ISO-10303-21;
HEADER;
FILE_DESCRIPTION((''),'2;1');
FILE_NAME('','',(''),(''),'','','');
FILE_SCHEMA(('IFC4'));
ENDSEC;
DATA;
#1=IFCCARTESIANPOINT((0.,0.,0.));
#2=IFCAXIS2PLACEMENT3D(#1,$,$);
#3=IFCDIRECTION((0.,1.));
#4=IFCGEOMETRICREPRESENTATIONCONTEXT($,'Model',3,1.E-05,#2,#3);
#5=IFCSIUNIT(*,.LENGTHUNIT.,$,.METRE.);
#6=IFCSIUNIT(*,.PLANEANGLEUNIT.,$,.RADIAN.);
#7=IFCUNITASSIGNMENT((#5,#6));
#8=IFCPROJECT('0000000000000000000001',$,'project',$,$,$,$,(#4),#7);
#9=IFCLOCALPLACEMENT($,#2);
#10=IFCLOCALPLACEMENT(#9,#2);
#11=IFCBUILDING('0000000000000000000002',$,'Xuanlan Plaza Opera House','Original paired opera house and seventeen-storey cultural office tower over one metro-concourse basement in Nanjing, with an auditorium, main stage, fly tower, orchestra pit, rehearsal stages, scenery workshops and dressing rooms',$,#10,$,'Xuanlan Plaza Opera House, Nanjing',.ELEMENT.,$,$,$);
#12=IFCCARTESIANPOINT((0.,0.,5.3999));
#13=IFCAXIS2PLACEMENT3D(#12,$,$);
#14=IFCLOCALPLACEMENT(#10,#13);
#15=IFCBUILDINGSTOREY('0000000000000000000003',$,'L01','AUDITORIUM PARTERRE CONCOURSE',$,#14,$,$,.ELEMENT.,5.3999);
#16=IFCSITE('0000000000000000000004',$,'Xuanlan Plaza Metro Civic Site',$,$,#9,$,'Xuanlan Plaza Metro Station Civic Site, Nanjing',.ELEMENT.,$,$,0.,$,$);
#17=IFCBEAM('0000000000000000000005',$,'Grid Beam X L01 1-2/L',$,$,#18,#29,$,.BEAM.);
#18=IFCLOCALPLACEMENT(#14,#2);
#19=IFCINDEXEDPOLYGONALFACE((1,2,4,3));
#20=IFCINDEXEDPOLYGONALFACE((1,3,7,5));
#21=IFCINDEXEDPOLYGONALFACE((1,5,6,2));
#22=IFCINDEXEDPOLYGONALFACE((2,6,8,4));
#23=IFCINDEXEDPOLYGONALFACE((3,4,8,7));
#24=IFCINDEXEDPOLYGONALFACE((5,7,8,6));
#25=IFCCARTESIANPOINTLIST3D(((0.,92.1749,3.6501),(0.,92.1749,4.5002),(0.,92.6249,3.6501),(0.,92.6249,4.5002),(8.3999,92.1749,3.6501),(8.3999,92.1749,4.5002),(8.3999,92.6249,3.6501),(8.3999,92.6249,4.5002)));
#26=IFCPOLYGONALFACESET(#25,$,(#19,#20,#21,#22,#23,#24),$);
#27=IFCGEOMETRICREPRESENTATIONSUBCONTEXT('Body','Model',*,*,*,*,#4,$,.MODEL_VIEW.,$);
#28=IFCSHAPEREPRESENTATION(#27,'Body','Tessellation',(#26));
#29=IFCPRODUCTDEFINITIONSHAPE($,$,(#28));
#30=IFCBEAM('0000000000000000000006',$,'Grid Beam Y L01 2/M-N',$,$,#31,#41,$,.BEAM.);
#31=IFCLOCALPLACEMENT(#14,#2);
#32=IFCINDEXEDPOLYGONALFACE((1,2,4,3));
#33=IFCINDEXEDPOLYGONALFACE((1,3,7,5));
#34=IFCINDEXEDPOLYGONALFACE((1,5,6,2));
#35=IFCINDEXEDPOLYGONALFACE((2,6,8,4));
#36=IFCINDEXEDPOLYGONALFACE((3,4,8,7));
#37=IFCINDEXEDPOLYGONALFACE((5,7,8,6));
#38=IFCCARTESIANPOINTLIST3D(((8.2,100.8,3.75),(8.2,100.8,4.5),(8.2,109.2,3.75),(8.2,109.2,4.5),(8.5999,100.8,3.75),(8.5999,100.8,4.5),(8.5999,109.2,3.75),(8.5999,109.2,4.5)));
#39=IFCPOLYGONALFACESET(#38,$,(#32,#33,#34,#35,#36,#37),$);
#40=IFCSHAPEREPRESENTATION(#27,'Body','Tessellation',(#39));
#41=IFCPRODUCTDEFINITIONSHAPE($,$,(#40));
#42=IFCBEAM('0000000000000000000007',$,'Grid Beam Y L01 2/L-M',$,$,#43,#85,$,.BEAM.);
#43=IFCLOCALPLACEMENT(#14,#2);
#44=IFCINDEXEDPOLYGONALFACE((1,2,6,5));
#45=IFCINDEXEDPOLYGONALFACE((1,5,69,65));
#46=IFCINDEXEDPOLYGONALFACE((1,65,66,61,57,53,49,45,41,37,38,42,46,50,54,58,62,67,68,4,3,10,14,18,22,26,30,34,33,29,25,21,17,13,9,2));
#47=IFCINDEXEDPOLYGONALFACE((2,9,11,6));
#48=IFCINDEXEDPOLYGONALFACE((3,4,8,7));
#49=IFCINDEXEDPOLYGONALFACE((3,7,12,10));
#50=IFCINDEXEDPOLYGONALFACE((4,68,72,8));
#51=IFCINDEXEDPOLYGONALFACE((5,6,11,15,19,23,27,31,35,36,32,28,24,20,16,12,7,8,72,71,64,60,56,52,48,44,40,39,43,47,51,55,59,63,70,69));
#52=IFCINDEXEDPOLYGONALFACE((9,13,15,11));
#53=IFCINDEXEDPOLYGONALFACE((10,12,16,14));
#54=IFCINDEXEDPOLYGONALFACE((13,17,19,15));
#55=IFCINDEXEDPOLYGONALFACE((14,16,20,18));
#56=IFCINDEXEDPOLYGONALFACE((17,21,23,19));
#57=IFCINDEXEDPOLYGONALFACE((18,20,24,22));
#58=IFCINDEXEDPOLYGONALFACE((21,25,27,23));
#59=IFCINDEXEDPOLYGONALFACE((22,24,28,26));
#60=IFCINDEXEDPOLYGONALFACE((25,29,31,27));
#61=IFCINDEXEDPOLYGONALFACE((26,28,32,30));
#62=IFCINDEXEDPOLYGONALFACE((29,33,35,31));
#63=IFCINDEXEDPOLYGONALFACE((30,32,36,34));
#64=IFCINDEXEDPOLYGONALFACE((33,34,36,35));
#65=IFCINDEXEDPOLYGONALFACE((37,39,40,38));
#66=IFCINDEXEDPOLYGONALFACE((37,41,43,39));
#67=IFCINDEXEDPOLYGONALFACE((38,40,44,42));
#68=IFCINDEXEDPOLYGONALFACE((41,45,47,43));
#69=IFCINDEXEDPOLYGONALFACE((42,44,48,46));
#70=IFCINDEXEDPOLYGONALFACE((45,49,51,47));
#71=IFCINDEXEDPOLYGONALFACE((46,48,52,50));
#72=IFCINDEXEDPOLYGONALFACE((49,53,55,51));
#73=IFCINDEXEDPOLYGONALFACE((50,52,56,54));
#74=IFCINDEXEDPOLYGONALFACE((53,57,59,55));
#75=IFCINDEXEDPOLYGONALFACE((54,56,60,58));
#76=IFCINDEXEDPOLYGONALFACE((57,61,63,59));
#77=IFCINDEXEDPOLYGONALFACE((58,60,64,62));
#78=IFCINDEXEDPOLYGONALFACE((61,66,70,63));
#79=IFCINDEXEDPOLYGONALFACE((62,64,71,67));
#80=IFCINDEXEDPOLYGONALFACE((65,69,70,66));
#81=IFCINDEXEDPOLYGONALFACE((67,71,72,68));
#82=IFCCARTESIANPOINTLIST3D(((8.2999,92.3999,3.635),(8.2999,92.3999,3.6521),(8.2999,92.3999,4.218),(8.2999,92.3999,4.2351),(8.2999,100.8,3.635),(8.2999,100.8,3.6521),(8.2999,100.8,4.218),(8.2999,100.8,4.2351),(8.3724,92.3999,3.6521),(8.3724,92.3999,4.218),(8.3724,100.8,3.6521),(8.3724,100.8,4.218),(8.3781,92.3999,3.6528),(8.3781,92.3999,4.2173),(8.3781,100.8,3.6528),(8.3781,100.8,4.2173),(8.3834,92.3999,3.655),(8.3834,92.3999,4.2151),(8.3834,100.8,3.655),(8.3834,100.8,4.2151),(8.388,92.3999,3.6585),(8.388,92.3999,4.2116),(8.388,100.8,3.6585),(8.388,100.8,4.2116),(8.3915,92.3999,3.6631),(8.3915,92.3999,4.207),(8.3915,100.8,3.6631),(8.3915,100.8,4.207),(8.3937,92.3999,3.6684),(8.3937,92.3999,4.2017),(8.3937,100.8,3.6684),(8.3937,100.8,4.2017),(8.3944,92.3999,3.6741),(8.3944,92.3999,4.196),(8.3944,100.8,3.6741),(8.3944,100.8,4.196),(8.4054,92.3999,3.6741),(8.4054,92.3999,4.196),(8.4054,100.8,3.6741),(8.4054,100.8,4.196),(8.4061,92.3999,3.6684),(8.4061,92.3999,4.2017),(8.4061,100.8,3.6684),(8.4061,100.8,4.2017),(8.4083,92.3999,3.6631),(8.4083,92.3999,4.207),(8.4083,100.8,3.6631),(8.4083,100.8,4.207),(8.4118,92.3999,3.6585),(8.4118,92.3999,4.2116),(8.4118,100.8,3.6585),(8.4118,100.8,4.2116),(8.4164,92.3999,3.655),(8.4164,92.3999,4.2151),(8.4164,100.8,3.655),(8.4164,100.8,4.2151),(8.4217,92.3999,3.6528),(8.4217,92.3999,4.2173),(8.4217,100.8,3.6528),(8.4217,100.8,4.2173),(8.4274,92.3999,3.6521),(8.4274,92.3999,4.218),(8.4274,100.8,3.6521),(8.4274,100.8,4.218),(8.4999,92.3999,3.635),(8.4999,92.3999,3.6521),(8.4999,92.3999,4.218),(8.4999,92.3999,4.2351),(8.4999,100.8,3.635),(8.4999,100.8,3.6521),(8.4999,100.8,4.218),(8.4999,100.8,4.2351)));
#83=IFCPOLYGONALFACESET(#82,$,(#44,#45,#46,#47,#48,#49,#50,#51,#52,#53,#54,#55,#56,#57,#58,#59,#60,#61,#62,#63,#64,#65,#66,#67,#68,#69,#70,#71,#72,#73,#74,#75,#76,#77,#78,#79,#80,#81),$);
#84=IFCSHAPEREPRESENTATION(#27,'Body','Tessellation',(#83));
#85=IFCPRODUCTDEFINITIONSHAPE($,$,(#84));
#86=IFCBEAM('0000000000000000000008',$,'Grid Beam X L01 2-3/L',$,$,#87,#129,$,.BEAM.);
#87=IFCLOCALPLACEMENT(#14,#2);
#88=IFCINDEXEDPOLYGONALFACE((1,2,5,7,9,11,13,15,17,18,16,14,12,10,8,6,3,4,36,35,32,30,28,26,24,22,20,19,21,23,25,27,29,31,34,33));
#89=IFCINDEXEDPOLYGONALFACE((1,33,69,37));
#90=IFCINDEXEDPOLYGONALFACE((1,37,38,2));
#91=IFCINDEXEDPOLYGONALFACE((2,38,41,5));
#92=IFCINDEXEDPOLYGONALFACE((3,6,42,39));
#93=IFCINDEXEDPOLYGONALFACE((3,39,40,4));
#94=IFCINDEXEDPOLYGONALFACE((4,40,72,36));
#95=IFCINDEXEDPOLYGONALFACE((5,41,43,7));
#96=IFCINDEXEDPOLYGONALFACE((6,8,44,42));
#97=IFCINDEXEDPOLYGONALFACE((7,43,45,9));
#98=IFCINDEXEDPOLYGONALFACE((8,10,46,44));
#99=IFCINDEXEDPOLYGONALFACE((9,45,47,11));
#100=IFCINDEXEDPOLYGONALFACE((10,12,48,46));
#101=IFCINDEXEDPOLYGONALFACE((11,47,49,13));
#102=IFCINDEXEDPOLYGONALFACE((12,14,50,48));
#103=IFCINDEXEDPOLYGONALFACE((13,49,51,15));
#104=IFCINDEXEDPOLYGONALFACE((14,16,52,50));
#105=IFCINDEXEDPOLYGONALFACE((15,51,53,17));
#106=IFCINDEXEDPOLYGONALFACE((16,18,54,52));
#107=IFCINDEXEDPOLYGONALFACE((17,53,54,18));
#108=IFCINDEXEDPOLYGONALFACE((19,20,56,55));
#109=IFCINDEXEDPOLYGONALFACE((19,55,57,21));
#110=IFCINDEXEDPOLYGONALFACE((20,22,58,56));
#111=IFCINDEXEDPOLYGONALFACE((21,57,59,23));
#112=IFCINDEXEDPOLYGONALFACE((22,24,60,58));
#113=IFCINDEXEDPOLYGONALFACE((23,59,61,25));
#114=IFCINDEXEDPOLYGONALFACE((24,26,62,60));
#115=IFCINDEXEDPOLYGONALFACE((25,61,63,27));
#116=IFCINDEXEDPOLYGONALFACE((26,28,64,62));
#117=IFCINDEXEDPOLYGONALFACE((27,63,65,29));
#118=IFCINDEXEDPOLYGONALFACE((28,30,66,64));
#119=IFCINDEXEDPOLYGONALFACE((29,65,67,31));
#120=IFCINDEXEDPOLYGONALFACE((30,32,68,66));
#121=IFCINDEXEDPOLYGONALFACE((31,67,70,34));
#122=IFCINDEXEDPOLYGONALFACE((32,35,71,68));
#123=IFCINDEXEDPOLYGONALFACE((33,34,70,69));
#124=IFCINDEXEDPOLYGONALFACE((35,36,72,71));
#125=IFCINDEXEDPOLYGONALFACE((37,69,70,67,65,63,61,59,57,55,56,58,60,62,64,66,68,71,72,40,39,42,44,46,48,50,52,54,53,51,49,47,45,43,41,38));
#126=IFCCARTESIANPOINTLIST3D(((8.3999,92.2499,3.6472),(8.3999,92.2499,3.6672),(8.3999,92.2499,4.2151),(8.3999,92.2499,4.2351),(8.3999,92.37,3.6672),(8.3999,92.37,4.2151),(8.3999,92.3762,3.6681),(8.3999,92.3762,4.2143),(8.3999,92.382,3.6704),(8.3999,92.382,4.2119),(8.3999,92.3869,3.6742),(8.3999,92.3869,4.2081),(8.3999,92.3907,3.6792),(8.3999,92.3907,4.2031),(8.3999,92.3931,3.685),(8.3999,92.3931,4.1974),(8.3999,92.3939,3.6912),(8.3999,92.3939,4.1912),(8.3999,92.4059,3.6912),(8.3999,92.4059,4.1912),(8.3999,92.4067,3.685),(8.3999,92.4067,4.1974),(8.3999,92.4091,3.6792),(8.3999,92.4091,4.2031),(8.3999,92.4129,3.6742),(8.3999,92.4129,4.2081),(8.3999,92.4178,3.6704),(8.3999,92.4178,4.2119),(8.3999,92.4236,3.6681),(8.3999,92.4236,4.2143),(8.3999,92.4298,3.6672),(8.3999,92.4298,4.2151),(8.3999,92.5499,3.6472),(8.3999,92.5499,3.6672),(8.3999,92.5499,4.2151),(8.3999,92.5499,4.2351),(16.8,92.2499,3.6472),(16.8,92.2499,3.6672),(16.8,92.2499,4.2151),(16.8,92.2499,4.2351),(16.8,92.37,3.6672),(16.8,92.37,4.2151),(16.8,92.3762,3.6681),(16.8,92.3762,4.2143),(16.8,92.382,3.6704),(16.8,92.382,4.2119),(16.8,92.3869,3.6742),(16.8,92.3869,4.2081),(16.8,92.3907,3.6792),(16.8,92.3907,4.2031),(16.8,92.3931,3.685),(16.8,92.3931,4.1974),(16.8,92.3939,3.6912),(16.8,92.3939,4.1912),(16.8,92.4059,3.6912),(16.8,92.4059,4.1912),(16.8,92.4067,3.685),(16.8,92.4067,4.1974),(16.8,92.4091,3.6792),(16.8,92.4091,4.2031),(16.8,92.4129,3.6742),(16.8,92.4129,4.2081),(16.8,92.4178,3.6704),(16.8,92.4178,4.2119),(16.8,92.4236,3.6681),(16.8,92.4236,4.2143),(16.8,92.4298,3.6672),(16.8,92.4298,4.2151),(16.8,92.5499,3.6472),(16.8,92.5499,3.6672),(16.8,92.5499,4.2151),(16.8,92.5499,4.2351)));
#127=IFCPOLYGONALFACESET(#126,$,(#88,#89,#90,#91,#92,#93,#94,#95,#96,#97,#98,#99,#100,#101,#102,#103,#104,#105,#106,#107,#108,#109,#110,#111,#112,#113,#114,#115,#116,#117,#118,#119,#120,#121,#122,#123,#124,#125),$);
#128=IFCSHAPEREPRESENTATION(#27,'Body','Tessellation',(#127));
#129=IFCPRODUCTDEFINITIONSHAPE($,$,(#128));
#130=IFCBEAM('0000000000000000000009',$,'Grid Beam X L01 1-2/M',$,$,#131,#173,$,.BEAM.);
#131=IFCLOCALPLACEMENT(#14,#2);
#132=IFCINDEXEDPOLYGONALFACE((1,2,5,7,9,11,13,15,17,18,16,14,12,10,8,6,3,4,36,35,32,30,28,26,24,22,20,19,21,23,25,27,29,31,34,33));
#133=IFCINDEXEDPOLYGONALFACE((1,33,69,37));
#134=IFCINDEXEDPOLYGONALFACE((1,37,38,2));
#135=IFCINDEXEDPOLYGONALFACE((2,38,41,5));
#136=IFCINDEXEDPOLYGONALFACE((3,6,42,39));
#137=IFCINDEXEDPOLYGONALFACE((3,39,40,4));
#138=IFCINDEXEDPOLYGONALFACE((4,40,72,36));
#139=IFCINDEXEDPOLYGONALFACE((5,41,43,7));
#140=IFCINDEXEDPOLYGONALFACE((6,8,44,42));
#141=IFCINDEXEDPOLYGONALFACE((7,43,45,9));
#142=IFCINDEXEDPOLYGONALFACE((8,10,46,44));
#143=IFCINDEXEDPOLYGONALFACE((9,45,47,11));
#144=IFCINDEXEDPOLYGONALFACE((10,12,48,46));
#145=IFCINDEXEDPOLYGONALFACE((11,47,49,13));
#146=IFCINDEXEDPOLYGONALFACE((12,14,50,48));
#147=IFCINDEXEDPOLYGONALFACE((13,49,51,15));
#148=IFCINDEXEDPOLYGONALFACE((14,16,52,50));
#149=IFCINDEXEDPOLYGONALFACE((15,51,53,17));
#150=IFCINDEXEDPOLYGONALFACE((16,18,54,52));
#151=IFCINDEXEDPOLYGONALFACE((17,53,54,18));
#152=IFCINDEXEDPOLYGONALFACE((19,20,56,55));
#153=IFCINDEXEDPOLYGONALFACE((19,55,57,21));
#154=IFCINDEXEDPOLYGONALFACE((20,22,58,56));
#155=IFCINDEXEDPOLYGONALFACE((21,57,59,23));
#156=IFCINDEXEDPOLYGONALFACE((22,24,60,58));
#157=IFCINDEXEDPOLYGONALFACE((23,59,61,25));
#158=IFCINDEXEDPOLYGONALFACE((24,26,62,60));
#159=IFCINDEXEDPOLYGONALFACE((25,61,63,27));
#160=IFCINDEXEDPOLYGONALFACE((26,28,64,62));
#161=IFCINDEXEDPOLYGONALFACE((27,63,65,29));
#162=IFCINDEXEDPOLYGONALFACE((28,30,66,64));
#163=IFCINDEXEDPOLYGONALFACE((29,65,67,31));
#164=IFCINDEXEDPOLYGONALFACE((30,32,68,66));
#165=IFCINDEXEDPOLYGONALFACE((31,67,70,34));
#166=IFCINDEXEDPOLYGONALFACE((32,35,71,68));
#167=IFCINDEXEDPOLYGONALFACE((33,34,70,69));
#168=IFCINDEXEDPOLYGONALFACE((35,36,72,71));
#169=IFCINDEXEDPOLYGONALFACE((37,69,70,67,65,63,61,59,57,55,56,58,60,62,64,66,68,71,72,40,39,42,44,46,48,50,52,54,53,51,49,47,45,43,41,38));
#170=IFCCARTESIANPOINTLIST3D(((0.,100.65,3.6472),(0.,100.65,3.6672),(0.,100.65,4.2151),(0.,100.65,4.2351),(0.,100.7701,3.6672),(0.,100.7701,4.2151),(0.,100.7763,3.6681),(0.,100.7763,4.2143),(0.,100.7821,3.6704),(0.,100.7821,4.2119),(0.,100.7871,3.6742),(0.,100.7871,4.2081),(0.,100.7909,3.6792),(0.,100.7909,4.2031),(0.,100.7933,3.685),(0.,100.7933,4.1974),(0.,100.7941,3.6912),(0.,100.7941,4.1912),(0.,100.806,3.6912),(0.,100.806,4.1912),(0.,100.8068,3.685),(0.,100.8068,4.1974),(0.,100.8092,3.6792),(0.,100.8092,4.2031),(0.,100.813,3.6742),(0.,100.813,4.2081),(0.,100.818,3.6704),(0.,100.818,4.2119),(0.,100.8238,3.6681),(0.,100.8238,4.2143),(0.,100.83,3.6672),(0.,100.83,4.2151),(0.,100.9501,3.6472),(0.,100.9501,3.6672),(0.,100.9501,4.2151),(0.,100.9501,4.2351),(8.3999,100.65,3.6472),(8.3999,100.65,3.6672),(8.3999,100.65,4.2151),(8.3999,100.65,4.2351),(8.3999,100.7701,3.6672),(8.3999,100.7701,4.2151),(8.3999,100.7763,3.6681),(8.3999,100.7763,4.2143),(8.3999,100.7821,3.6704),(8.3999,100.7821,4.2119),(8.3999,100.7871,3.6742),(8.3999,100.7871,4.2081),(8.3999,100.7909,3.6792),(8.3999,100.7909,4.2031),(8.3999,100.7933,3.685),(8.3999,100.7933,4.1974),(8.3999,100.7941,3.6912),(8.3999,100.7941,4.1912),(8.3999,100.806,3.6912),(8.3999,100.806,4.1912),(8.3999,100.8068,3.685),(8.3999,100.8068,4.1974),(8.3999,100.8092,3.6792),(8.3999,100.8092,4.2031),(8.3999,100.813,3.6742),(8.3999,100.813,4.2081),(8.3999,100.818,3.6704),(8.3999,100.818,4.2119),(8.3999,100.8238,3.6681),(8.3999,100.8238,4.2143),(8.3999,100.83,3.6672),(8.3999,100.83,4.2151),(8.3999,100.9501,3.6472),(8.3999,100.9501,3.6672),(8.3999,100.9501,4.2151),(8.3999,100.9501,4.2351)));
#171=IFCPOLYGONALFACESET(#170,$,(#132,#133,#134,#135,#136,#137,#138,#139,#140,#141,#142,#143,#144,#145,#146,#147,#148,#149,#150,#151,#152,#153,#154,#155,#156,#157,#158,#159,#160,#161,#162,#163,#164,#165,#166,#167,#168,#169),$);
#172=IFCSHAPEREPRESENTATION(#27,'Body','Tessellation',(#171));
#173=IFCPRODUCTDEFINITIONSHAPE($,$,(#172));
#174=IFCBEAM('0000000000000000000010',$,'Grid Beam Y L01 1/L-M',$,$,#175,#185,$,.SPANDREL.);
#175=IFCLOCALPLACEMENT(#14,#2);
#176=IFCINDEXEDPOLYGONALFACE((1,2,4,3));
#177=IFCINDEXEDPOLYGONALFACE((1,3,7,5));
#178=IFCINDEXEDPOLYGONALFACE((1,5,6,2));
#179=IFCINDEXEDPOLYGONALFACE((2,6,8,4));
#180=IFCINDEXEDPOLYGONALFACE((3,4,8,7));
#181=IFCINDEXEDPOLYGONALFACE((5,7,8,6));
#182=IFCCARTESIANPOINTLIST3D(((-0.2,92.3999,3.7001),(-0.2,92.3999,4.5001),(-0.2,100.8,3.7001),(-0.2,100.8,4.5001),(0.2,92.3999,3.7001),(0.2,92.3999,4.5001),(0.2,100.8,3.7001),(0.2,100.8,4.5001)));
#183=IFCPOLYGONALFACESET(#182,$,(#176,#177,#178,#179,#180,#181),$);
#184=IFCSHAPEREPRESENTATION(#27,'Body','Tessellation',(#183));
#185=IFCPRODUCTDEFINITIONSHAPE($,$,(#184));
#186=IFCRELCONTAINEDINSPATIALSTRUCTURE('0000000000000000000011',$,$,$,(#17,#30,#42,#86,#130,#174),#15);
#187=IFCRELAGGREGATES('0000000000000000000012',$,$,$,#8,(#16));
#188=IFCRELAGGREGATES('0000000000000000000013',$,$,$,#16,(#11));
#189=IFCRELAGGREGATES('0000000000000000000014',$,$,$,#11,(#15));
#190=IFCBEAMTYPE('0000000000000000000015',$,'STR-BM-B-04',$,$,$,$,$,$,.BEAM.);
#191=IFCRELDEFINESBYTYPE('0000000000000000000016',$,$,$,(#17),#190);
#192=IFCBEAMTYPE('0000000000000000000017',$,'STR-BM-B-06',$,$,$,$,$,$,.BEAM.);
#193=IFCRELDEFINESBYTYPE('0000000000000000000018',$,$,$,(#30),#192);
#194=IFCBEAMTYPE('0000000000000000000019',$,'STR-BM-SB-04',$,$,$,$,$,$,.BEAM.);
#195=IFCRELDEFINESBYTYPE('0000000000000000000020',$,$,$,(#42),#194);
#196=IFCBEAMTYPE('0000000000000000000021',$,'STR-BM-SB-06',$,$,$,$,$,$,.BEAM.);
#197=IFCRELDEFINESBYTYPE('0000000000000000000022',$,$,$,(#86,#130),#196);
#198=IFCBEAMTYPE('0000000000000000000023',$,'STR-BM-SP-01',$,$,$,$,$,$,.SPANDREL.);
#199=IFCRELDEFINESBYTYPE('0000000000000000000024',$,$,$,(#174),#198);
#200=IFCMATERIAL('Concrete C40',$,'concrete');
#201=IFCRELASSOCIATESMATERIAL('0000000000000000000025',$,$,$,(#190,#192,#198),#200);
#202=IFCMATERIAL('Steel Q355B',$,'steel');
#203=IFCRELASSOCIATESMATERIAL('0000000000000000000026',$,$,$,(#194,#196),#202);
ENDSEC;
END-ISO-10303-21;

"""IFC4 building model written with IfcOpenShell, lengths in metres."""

from ifc_helpers import new_model, si_unit, direction, frame, origin, origin_2d, place, context, subcontext, project, spatial, rectangle, i_section, extrude, material, material_profile, profile_set, type_object, element, save


model = new_model("IFC4")

# Units and contexts
model_context = context("Model", 3, precision=1e-05, world=origin(), true_north=direction((0.0, 1.0)))
body_context = subcontext(model_context, "Body", "Model", "MODEL_VIEW")
ifc_project = project(units=[si_unit("LENGTHUNIT", "METRE"), si_unit("PLANEANGLEUNIT", "RADIAN")], contexts=[model_context])

# Site, building, storey
site_placement = place(None, origin())
site = spatial("IfcSite", under=ifc_project, at=site_placement, Name="Xuanlan Plaza Metro Civic Site", LongName="Xuanlan Plaza Metro Station Civic Site, Nanjing", CompositionType="ELEMENT", RefElevation=0.0)
building_placement = place(site_placement, origin())
building = spatial("IfcBuilding", under=site, at=building_placement, Name="Xuanlan Plaza Opera House", Description="Original paired opera house and seventeen-storey cultural office tower over one metro-concourse basement in Nanjing, with an auditorium, main stage, fly tower, orchestra pit, rehearsal stages, scenery workshops and dressing rooms", LongName="Xuanlan Plaza Opera House, Nanjing", CompositionType="ELEMENT")
storey_placement = place(building_placement, frame((0.0, 0.0, 5.3999)))
storey = spatial("IfcBuildingStorey", under=building, at=storey_placement, Name="L01", Description="AUDITORIUM PARTERRE CONCOURSE", CompositionType="ELEMENT", Elevation=5.3999)

# Shared definitions
ifc_material_1 = material(Name="Concrete C40", Category="concrete")

# Beams
ifc_material_profile_1 = material_profile(ifc_material_1, rectangle(XDim=0.45, YDim=0.8501, at=origin_2d()), Name="RC-BM 450x850")
ifc_profile_set_1 = profile_set([ifc_material_profile_1], Name="Concrete C40")
beam_type_1 = type_object("IfcBeamType", Name="STR-BM-B-04", PredefinedType="BEAM", material=ifc_profile_set_1)
beam_1_placement = place(storey_placement, frame((0.0, 92.3999, 4.0752), z_axis=(1.0, 0.0, 0.0), x_axis=(0.0, 1.0, 0.0)))
element("IfcBeam", 1, at=beam_1_placement, inside=storey, type_object=beam_type_1, Name="Grid Beam X L01 1-2/L", PredefinedType="BEAM", context=body_context, shape_type="SweptSolid", body=[
    extrude(rectangle(XDim=0.45, YDim=0.8501, at=origin_2d()), origin(), (0.0, 0.0, 1.0), 8.3999),
])
ifc_material_profile_2 = material_profile(ifc_material_1, rectangle(XDim=0.3999, YDim=0.75, at=origin_2d()), Name="RC-BM 400x750")
ifc_profile_set_2 = profile_set([ifc_material_profile_2], Name="Concrete C40")
beam_type_2 = type_object("IfcBeamType", Name="STR-BM-B-06", PredefinedType="BEAM", material=ifc_profile_set_2)
beam_2_placement = place(storey_placement, frame((8.3999, 100.8, 4.125), z_axis=(0.0, 1.0, 0.0), x_axis=(-1.0, 0.0, 0.0)))
element("IfcBeam", 2, at=beam_2_placement, inside=storey, type_object=beam_type_2, Name="Grid Beam Y L01 2/M-N", PredefinedType="BEAM", context=body_context, shape_type="SweptSolid", body=[
    extrude(rectangle(XDim=0.3999, YDim=0.75, at=origin_2d()), origin(), (0.0, 0.0, 1.0), 8.3999),
])
ifc_material_2 = material(Name="Steel Q355B", Category="steel")
ifc_material_profile_3 = material_profile(ifc_material_2, i_section(OverallWidth=0.2, OverallDepth=0.6001, WebThickness=0.011, FlangeThickness=0.0171, FilletRadius=0.022, at=origin_2d()), Name="HN 600x200x11x17")
ifc_profile_set_3 = profile_set([ifc_material_profile_3], Name="Steel Q355B")
beam_type_3 = type_object("IfcBeamType", Name="STR-BM-SB-04", PredefinedType="BEAM", material=ifc_profile_set_3)
beam_3_placement = place(storey_placement, frame((8.3999, 92.3999, 3.9351), z_axis=(0.0, 1.0, 0.0), x_axis=(-1.0, 0.0, 0.0)))
element("IfcBeam", 3, at=beam_3_placement, inside=storey, type_object=beam_type_3, Name="Grid Beam Y L01 2/L-M", PredefinedType="BEAM", context=body_context, shape_type="SweptSolid", body=[
    extrude(i_section(OverallWidth=0.2, OverallDepth=0.6001, WebThickness=0.011, FlangeThickness=0.0171, FilletRadius=0.022, at=origin_2d()), origin(), (0.0, 0.0, 1.0), 8.4001),
])
ifc_material_profile_4 = material_profile(ifc_material_2, i_section(OverallWidth=0.3, OverallDepth=0.5879, WebThickness=0.012, FlangeThickness=0.02, FilletRadius=0.0239, at=origin_2d()), Name="HM 588x300x12x20")
ifc_profile_set_4 = profile_set([ifc_material_profile_4], Name="Steel Q355B")
beam_type_4 = type_object("IfcBeamType", Name="STR-BM-SB-06", PredefinedType="BEAM", material=ifc_profile_set_4)
beam_4_placement = place(storey_placement, frame((8.3999, 92.3999, 3.9412), z_axis=(1.0, 0.0, 0.0), x_axis=(0.0, 1.0, 0.0)))
element("IfcBeam", 4, at=beam_4_placement, inside=storey, type_object=beam_type_4, Name="Grid Beam X L01 2-3/L", PredefinedType="BEAM", context=body_context, shape_type="SweptSolid", body=[
    extrude(i_section(OverallWidth=0.3, OverallDepth=0.5879, WebThickness=0.012, FlangeThickness=0.02, FilletRadius=0.0239, at=origin_2d()), origin(), (0.0, 0.0, 1.0), 8.4001),
])
beam_5_placement = place(storey_placement, frame((0.0, 100.8, 3.9412), z_axis=(1.0, 0.0, 0.0), x_axis=(0.0, 1.0, 0.0)))
element("IfcBeam", 5, at=beam_5_placement, inside=storey, type_object=beam_type_4, Name="Grid Beam X L01 1-2/M", PredefinedType="BEAM", context=body_context, shape_type="SweptSolid", body=[
    extrude(i_section(OverallWidth=0.3, OverallDepth=0.5879, WebThickness=0.012, FlangeThickness=0.02, FilletRadius=0.0239, at=origin_2d()), origin(), (0.0, 0.0, 1.0), 8.3999),
])
ifc_material_profile_5 = material_profile(ifc_material_1, rectangle(XDim=0.3999, YDim=0.8, at=origin_2d()), Name="RC-SPD 400x800")
ifc_profile_set_5 = profile_set([ifc_material_profile_5], Name="Concrete C40")
beam_type_5 = type_object("IfcBeamType", Name="STR-BM-SP-01", PredefinedType="SPANDREL", material=ifc_profile_set_5)
beam_6_placement = place(storey_placement, frame((0.0, 92.3999, 4.1001), z_axis=(0.0, 1.0, 0.0), x_axis=(-1.0, 0.0, 0.0)))
element("IfcBeam", 6, at=beam_6_placement, inside=storey, type_object=beam_type_5, Name="Grid Beam Y L01 1/L-M", PredefinedType="SPANDREL", context=body_context, shape_type="SweptSolid", body=[
    extrude(rectangle(XDim=0.3999, YDim=0.8, at=origin_2d()), origin(), (0.0, 0.0, 1.0), 8.4001),
])

save(model, "model.ifc")
